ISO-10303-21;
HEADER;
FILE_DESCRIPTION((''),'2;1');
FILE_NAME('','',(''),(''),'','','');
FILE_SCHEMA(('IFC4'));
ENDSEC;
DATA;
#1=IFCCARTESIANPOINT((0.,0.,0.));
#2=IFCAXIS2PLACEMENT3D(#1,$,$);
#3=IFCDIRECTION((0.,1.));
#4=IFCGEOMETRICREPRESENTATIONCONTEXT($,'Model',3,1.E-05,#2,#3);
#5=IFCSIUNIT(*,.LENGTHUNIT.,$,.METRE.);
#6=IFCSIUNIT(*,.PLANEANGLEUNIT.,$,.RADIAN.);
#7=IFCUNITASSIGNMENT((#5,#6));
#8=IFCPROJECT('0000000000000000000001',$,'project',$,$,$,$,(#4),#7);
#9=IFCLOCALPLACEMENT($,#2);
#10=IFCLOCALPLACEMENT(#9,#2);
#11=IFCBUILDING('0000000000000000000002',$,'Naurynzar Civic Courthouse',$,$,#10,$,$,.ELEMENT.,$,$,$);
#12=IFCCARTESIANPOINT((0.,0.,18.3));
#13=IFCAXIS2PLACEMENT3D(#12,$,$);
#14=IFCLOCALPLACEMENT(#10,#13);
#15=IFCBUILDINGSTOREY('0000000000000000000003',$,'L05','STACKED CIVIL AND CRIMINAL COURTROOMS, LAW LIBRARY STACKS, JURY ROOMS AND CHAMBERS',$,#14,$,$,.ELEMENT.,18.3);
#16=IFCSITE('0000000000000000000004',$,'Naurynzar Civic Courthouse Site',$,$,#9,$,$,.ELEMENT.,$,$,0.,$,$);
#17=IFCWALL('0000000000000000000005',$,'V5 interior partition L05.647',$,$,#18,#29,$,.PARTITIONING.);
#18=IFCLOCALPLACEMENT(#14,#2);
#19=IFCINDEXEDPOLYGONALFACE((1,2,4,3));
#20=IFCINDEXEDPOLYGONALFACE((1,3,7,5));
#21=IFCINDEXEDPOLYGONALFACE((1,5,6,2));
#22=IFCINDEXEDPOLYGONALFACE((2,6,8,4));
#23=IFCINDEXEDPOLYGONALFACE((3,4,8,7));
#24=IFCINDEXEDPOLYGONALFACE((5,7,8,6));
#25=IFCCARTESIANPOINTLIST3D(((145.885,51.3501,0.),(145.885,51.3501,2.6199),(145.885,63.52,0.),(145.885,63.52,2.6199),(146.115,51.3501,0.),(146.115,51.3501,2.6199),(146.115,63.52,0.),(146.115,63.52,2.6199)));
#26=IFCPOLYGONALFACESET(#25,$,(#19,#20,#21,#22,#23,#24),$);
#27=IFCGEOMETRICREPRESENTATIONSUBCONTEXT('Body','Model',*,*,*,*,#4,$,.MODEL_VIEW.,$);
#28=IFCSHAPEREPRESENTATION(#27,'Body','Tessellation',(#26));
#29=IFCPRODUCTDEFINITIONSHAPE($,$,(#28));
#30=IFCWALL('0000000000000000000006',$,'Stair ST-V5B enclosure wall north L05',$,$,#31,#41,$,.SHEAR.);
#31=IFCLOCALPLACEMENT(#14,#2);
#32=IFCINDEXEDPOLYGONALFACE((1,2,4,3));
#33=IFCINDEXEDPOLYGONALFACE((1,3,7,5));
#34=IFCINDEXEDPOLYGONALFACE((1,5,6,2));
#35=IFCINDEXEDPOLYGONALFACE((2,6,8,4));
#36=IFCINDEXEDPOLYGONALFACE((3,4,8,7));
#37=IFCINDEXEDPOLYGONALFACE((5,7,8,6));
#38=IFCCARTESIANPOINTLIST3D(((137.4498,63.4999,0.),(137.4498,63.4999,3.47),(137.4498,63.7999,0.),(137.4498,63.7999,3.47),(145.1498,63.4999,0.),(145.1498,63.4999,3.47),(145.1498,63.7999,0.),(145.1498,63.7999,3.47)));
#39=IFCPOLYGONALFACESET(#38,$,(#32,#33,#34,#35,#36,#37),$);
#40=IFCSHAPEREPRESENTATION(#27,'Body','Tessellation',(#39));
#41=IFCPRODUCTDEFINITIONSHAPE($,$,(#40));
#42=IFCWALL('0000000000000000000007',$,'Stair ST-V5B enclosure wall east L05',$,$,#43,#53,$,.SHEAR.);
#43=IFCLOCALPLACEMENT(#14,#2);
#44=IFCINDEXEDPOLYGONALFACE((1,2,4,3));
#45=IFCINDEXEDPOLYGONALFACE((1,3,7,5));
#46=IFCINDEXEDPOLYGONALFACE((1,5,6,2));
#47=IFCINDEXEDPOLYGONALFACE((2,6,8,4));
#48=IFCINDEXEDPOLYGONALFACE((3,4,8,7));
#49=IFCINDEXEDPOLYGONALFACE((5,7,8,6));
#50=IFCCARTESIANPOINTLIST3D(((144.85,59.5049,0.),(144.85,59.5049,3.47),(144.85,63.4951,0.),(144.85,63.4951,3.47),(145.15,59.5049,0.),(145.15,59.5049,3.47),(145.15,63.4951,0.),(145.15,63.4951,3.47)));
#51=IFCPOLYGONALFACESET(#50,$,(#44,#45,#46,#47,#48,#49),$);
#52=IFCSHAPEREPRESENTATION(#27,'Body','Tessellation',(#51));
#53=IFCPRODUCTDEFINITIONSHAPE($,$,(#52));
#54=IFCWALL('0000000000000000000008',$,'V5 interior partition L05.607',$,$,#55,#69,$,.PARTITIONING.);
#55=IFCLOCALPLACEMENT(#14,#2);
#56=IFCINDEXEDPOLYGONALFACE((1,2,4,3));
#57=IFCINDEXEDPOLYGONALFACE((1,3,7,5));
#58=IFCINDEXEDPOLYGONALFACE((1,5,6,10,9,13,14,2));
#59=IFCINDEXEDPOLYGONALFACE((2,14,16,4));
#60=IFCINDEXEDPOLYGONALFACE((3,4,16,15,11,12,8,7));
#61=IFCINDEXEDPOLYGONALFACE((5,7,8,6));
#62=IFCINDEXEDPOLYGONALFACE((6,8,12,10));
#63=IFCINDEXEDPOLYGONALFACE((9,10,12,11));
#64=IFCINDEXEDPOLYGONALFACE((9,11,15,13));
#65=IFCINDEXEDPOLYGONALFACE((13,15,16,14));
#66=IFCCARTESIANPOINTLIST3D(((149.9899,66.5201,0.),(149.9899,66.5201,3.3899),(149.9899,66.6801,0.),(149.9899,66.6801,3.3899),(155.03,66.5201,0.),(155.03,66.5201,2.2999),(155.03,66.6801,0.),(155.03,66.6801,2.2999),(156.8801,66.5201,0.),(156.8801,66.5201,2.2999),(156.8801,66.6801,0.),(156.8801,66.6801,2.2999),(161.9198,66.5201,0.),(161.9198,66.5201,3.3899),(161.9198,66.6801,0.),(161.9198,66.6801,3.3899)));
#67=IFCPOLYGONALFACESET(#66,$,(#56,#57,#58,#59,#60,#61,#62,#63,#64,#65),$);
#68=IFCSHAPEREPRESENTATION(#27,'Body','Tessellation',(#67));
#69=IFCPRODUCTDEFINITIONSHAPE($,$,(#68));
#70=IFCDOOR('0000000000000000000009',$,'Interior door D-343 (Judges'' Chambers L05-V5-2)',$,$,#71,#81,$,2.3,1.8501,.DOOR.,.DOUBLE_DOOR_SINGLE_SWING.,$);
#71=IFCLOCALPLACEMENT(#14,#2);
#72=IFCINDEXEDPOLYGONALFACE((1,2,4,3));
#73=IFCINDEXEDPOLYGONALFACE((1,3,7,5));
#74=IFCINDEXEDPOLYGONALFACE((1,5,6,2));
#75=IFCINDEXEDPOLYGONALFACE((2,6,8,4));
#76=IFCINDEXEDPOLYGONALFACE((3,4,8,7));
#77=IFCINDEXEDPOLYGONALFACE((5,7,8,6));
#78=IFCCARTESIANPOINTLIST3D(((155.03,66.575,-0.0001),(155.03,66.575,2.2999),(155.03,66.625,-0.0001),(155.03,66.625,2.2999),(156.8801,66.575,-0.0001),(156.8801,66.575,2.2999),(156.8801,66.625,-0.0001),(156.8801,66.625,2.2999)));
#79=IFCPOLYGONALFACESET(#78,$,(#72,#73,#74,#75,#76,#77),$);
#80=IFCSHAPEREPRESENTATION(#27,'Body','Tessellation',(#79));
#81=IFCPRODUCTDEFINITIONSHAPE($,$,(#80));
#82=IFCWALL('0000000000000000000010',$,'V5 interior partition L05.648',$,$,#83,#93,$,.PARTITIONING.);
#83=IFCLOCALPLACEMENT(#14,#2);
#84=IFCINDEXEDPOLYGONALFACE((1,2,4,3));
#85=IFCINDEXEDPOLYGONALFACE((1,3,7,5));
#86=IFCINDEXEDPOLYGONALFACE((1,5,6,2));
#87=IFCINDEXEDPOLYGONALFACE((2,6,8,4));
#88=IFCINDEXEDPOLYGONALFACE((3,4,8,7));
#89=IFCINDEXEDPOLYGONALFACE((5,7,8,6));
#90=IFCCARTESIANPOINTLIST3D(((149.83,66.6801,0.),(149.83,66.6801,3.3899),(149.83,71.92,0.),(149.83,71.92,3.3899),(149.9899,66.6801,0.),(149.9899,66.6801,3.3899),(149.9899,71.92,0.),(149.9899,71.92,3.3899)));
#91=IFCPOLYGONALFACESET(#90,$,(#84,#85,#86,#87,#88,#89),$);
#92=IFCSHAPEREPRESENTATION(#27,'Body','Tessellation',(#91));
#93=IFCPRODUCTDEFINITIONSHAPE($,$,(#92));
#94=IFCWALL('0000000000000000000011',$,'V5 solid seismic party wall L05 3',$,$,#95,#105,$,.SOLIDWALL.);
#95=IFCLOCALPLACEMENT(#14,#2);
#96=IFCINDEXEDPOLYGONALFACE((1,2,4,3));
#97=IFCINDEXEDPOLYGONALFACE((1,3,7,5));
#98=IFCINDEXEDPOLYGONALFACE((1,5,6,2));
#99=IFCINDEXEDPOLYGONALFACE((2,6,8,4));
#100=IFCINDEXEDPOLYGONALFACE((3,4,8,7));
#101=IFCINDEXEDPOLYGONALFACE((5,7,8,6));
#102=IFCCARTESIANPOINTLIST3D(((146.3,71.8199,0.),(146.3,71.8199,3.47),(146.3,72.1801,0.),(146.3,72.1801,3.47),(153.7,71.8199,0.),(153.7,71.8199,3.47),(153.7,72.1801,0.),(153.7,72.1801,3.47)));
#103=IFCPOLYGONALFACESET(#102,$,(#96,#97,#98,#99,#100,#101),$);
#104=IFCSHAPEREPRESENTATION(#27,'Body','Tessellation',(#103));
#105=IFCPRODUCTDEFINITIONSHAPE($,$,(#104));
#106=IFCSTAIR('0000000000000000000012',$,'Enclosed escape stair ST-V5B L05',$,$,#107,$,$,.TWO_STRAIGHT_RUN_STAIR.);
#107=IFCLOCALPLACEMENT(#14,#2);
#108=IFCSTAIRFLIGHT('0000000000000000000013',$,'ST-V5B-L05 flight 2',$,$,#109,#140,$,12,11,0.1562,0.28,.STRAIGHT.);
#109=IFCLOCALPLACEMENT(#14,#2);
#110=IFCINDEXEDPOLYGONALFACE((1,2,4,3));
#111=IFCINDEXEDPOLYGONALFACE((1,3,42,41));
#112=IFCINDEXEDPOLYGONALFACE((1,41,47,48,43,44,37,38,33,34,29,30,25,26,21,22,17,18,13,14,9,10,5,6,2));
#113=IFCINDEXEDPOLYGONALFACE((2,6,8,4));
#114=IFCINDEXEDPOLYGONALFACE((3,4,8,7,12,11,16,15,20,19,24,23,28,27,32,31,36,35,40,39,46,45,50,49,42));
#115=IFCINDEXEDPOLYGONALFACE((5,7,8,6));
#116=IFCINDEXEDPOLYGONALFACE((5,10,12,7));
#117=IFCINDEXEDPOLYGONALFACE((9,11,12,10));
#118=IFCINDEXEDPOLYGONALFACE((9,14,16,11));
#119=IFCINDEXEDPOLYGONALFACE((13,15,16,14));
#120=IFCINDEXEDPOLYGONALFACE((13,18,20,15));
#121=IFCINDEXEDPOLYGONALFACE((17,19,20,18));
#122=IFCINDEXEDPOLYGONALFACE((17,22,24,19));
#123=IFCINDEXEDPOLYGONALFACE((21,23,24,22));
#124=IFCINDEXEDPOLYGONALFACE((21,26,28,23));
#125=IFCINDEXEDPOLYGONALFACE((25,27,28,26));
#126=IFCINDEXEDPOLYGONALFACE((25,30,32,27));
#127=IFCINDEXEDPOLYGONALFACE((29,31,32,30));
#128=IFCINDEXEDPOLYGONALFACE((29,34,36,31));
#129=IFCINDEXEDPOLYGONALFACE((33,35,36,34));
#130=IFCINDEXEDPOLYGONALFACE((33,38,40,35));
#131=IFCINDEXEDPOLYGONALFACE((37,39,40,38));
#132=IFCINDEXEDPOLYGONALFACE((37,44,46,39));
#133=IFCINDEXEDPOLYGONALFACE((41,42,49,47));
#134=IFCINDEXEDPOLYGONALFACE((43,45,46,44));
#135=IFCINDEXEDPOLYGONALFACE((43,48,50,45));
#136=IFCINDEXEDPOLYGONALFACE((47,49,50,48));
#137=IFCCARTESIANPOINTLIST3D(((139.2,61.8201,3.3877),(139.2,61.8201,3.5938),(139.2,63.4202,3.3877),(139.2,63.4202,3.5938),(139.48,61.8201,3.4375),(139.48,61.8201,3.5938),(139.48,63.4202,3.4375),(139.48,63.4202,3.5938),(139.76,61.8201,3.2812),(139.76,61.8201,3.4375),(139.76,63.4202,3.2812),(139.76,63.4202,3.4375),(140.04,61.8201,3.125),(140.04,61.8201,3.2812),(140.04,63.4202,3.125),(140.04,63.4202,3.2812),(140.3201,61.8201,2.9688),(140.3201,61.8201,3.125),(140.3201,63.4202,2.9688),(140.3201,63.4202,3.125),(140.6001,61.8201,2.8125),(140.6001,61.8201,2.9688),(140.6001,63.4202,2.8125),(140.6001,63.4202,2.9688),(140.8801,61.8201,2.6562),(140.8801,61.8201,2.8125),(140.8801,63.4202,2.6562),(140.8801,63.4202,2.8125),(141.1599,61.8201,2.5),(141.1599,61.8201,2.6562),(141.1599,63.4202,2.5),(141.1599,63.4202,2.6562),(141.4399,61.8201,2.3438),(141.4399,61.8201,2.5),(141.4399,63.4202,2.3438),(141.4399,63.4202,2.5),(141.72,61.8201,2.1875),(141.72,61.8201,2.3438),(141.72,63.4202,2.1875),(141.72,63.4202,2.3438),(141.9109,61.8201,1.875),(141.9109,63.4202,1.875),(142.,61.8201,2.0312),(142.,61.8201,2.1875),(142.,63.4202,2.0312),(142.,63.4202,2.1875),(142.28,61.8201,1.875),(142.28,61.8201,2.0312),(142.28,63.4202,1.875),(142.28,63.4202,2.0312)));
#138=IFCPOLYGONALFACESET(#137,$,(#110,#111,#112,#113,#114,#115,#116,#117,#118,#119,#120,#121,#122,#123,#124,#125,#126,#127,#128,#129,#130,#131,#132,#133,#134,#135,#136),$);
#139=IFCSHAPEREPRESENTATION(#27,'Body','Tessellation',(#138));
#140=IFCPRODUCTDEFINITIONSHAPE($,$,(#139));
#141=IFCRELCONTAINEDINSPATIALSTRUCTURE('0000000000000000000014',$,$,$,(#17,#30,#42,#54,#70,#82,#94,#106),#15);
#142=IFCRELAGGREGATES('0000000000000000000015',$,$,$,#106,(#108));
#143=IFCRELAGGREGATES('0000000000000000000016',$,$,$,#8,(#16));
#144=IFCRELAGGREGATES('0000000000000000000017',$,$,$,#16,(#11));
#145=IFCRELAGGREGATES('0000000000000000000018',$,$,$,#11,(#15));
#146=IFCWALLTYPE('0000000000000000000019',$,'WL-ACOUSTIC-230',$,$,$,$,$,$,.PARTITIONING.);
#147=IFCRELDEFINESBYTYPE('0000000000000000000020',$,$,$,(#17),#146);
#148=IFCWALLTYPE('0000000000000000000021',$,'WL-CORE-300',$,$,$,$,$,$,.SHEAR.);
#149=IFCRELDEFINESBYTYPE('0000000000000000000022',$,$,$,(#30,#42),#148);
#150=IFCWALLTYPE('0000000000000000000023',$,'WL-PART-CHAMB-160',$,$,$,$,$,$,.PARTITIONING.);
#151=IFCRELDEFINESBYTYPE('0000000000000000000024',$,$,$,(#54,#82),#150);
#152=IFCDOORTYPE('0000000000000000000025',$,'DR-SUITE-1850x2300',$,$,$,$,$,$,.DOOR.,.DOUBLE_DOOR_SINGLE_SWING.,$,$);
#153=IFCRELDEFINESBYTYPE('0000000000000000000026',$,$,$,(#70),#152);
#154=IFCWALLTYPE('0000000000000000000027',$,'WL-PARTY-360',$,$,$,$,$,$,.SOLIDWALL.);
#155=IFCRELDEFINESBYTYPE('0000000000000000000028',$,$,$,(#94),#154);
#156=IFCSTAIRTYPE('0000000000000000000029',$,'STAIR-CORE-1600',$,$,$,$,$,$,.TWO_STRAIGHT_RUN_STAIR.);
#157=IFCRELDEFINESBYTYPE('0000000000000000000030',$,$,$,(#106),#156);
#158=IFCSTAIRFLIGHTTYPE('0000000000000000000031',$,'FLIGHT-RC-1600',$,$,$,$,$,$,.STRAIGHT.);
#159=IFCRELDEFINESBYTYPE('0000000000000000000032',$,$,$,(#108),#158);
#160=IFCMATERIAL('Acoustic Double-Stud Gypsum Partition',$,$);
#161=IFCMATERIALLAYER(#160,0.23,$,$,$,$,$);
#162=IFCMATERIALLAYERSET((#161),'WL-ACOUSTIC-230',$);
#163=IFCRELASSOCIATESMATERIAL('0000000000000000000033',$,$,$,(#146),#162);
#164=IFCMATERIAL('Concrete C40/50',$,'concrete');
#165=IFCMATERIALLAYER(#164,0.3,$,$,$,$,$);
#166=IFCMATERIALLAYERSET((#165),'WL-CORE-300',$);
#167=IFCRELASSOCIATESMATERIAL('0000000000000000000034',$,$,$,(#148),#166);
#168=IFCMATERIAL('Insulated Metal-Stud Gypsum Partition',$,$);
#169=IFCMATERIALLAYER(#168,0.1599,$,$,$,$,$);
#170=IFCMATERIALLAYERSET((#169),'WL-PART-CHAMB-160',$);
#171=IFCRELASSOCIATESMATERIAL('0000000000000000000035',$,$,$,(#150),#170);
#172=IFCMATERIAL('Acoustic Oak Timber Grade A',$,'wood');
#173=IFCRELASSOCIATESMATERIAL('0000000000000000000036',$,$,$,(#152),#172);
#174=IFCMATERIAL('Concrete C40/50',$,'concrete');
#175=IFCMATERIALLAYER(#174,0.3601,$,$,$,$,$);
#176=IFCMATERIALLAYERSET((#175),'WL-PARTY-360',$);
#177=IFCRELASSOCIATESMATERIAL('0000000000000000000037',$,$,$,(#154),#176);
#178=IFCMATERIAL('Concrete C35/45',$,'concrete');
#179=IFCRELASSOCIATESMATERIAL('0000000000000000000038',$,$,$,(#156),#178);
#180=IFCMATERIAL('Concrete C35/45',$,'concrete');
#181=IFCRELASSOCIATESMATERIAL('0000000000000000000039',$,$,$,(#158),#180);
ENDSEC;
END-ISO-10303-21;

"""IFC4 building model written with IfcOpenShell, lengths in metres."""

from ifc_helpers import new_model, si_unit, direction, frame, frame_2d, origin, place, context, subcontext, project, spatial, polyline, rectangle, outline, extrude, material, layer, layer_set, type_object, element, fill, aggregate, save


model = new_model("IFC4")

# Units and contexts
model_context = context("Model", 3, precision=1e-05, world=origin(), true_north=direction((0.0, 1.0)))
body_context = subcontext(model_context, "Body", "Model", "MODEL_VIEW")
ifc_project = project(units=[si_unit("LENGTHUNIT", "METRE"), si_unit("PLANEANGLEUNIT", "RADIAN")], contexts=[model_context])

# Site, building, storey
site_placement = place(None, origin())
site = spatial("IfcSite", under=ifc_project, at=site_placement, Name="Naurynzar Civic Courthouse Site", CompositionType="ELEMENT", RefElevation=0.0)
building_placement = place(site_placement, origin())
building = spatial("IfcBuilding", under=site, at=building_placement, Name="Naurynzar Civic Courthouse", CompositionType="ELEMENT")
storey_placement = place(building_placement, frame((0.0, 0.0, 18.3)))
storey = spatial("IfcBuildingStorey", under=building, at=storey_placement, Name="L05", Description="STACKED CIVIL AND CRIMINAL COURTROOMS, LAW LIBRARY STACKS, JURY ROOMS AND CHAMBERS", CompositionType="ELEMENT", Elevation=18.3)

# Shared definitions
ifc_material_1 = material(Name="Acoustic Double-Stud Gypsum Partition")
ifc_layer_1 = layer(ifc_material_1, 0.23)
ifc_layer_set_1 = layer_set([ifc_layer_1], Name="WL-ACOUSTIC-230")
wall_type_1 = type_object("IfcWallType", Name="WL-ACOUSTIC-230", PredefinedType="PARTITIONING", material=ifc_layer_set_1)

# Walls
wall_1_placement = place(storey_placement, frame((146.0, 51.3501, 0.0), z_axis=(0.0, 0.0, 1.0), x_axis=(0.0, 1.0, 0.0)))
element("IfcWall", 1, at=wall_1_placement, inside=storey, type_object=wall_type_1, Name="V5 interior partition L05.647", PredefinedType="PARTITIONING", context=body_context, shape_type="SweptSolid", body=[
    extrude(rectangle(XDim=12.1699, YDim=0.23, at=frame_2d((6.085, 0.0))), origin(), (0.0, 0.0, 1.0), 2.6199),
])
ifc_material_2 = material(Name="Concrete C40/50", Category="concrete")
ifc_layer_2 = layer(ifc_material_2, 0.3)
ifc_layer_set_2 = layer_set([ifc_layer_2], Name="WL-CORE-300")
wall_type_2 = type_object("IfcWallType", Name="WL-CORE-300", PredefinedType="SHEAR", material=ifc_layer_set_2)
wall_2_placement = place(storey_placement, frame((145.1499, 63.6499, 0.0), z_axis=(0.0, 0.0, 1.0), x_axis=(-1.0, 0.0, 0.0)))
element("IfcWall", 2, at=wall_2_placement, inside=storey, type_object=wall_type_2, Name="Stair ST-V5B enclosure wall north L05", PredefinedType="SHEAR", context=body_context, shape_type="SweptSolid", body=[
    extrude(rectangle(XDim=7.7, YDim=0.3, at=frame_2d((3.8501, 0.0))), origin(), (0.0, 0.0, 1.0), 3.47),
])
wall_3_placement = place(storey_placement, frame((145.0, 59.5049, 0.0), z_axis=(0.0, 0.0, 1.0), x_axis=(0.0, 1.0, 0.0)))
element("IfcWall", 3, at=wall_3_placement, inside=storey, type_object=wall_type_2, Name="Stair ST-V5B enclosure wall east L05", PredefinedType="SHEAR", context=body_context, shape_type="SweptSolid", body=[
    extrude(rectangle(XDim=3.9902, YDim=0.3, at=frame_2d((1.9951, 0.0))), origin(), (0.0, 0.0, 1.0), 3.47),
])

# Wall, opening, door
ifc_material_3 = material(Name="Insulated Metal-Stud Gypsum Partition")
ifc_layer_3 = layer(ifc_material_3, 0.1599)
ifc_layer_set_3 = layer_set([ifc_layer_3], Name="WL-PART-CHAMB-160")
wall_type_3 = type_object("IfcWallType", Name="WL-PART-CHAMB-160", PredefinedType="PARTITIONING", material=ifc_layer_set_3)
wall_4_placement = place(storey_placement, frame((149.99, 66.6001, 0.0), z_axis=(0.0, 0.0, 1.0), x_axis=(1.0, 0.0, 0.0)))
wall_4 = element("IfcWall", 4, at=wall_4_placement, inside=storey, type_object=wall_type_3, Name="V5 interior partition L05.607", PredefinedType="PARTITIONING", context=body_context, shape_type="SweptSolid", body=[
    extrude(rectangle(XDim=11.9299, YDim=0.1599, at=frame_2d((5.9648, 0.0))), origin(), (0.0, 0.0, 1.0), 3.3899),
])
opening_1_placement = place(wall_4_placement, frame((5.04, 0.0, 0.0)))
opening_1 = element("IfcOpeningElement", 5, at=opening_1_placement, cuts=wall_4, PredefinedType="OPENING", context=body_context, shape_type="SweptSolid", body=[
    extrude(rectangle(XDim=1.8501, YDim=2.3, at=frame_2d((0.925, 1.1499))), frame((0.0, 0.0898, 0.0), z_axis=(0.0, -1.0, 0.0), x_axis=(1.0, 0.0, 0.0)), (0.0, 0.0, 1.0), 0.1799),
])
ifc_material_4 = material(Name="Acoustic Oak Timber Grade A", Category="wood")
door_type_1 = type_object("IfcDoorType", Name="DR-SUITE-1850x2300", OperationType="DOUBLE_DOOR_SINGLE_SWING", PredefinedType="DOOR", material=ifc_material_4)
door_1_placement = place(opening_1_placement, origin())
door_1 = element("IfcDoor", 6, at=door_1_placement, inside=storey, type_object=door_type_1, Name="Interior door D-343 (Judges' Chambers L05-V5-2)", OperationType="DOUBLE_DOOR_SINGLE_SWING", OverallHeight=2.3, OverallWidth=1.8501, PredefinedType="DOOR", context=body_context, shape_type="SweptSolid", body=[
    extrude(rectangle(XDim=1.8501, YDim=2.3, at=frame_2d((0.925, 1.1499))), frame((0.0, 0.0249, 0.0), z_axis=(0.0, -1.0, 0.0), x_axis=(1.0, 0.0, 0.0)), (0.0, 0.0, 1.0), 0.05),
])
fill(opening_1, door_1)

# Walls
wall_5_placement = place(storey_placement, frame((149.9099, 66.6799, 0.0), z_axis=(0.0, 0.0, 1.0), x_axis=(0.0, 1.0, 0.0)))
element("IfcWall", 7, at=wall_5_placement, inside=storey, type_object=wall_type_3, Name="V5 interior partition L05.648", PredefinedType="PARTITIONING", context=body_context, shape_type="SweptSolid", body=[
    extrude(rectangle(XDim=5.24, YDim=0.1599, at=frame_2d((2.6201, 0.0))), origin(), (0.0, 0.0, 1.0), 3.3899),
])
ifc_material_5 = material(Name="Concrete C40/50", Category="concrete")
ifc_layer_4 = layer(ifc_material_5, 0.3601)
ifc_layer_set_4 = layer_set([ifc_layer_4], Name="WL-PARTY-360")
wall_type_4 = type_object("IfcWallType", Name="WL-PARTY-360", PredefinedType="SOLIDWALL", material=ifc_layer_set_4)
wall_6_placement = place(storey_placement, frame((146.3, 72.0, 0.0), z_axis=(0.0, 0.0, 1.0), x_axis=(1.0, 0.0, 0.0)))
element("IfcWall", 8, at=wall_6_placement, inside=storey, type_object=wall_type_4, Name="V5 solid seismic party wall L05 3", PredefinedType="SOLIDWALL", context=body_context, shape_type="SweptSolid", body=[
    extrude(rectangle(XDim=7.3999, YDim=0.3601, at=frame_2d((3.7, 0.0))), origin(), (0.0, 0.0, 1.0), 3.47),
])

# Stair, stair flight
ifc_material_6 = material(Name="Concrete C35/45", Category="concrete")
stair_type = type_object("IfcStairType", Name="STAIR-CORE-1600", PredefinedType="TWO_STRAIGHT_RUN_STAIR", material=ifc_material_6)
stair_placement = place(storey_placement, origin())
stair = element("IfcStair", 9, at=stair_placement, inside=storey, type_object=stair_type, Name="Enclosed escape stair ST-V5B L05", PredefinedType="TWO_STRAIGHT_RUN_STAIR")
ifc_material_7 = material(Name="Concrete C35/45", Category="concrete")
stair_flight_type = type_object("IfcStairFlightType", Name="FLIGHT-RC-1600", PredefinedType="STRAIGHT", material=ifc_material_7)
stair_flight_placement = place(storey_placement, frame((142.28, 62.6201, 1.875), z_axis=(0.0, 0.0, 1.0), x_axis=(-1.0, 0.0, 0.0)))
stair_flight = element("IfcStairFlight", 10, at=stair_flight_placement, type_object=stair_flight_type, Name="ST-V5B-L05 flight 2", NumberOfRisers=12, NumberOfTreads=11, PredefinedType="STRAIGHT", RiserHeight=0.1562, TreadLength=0.28, context=body_context, shape_type="SweptSolid", body=[
    extrude(outline(polyline([(0.0, 0.0), (0.0, 0.1562), (0.28, 0.1562), (0.28, 0.3125), (0.5601, 0.3125), (0.5601, 0.4688), (0.8401, 0.4688), (0.8401, 0.625), (1.1201, 0.625), (1.1201, 0.7812), (1.3999, 0.7812), (1.3999, 0.9375), (1.6799, 0.9375), (1.6799, 1.0938), (1.96, 1.0938), (1.96, 1.25), (2.24, 1.25), (2.24, 1.4062), (2.52, 1.4062), (2.52, 1.5625), (2.8, 1.5625), (2.8, 1.7188), (3.0801, 1.7188), (3.0801, 1.875), (3.0801, 1.5127), (0.3691, 0.0), (0.0, 0.0)])), frame((0.0, 0.8, 0.0), z_axis=(0.0, -1.0, 0.0), x_axis=(1.0, 0.0, 0.0)), (0.0, 0.0, 1.0), 1.6001),
])
aggregate(stair, [stair_flight])

save(model, "model.ifc")
